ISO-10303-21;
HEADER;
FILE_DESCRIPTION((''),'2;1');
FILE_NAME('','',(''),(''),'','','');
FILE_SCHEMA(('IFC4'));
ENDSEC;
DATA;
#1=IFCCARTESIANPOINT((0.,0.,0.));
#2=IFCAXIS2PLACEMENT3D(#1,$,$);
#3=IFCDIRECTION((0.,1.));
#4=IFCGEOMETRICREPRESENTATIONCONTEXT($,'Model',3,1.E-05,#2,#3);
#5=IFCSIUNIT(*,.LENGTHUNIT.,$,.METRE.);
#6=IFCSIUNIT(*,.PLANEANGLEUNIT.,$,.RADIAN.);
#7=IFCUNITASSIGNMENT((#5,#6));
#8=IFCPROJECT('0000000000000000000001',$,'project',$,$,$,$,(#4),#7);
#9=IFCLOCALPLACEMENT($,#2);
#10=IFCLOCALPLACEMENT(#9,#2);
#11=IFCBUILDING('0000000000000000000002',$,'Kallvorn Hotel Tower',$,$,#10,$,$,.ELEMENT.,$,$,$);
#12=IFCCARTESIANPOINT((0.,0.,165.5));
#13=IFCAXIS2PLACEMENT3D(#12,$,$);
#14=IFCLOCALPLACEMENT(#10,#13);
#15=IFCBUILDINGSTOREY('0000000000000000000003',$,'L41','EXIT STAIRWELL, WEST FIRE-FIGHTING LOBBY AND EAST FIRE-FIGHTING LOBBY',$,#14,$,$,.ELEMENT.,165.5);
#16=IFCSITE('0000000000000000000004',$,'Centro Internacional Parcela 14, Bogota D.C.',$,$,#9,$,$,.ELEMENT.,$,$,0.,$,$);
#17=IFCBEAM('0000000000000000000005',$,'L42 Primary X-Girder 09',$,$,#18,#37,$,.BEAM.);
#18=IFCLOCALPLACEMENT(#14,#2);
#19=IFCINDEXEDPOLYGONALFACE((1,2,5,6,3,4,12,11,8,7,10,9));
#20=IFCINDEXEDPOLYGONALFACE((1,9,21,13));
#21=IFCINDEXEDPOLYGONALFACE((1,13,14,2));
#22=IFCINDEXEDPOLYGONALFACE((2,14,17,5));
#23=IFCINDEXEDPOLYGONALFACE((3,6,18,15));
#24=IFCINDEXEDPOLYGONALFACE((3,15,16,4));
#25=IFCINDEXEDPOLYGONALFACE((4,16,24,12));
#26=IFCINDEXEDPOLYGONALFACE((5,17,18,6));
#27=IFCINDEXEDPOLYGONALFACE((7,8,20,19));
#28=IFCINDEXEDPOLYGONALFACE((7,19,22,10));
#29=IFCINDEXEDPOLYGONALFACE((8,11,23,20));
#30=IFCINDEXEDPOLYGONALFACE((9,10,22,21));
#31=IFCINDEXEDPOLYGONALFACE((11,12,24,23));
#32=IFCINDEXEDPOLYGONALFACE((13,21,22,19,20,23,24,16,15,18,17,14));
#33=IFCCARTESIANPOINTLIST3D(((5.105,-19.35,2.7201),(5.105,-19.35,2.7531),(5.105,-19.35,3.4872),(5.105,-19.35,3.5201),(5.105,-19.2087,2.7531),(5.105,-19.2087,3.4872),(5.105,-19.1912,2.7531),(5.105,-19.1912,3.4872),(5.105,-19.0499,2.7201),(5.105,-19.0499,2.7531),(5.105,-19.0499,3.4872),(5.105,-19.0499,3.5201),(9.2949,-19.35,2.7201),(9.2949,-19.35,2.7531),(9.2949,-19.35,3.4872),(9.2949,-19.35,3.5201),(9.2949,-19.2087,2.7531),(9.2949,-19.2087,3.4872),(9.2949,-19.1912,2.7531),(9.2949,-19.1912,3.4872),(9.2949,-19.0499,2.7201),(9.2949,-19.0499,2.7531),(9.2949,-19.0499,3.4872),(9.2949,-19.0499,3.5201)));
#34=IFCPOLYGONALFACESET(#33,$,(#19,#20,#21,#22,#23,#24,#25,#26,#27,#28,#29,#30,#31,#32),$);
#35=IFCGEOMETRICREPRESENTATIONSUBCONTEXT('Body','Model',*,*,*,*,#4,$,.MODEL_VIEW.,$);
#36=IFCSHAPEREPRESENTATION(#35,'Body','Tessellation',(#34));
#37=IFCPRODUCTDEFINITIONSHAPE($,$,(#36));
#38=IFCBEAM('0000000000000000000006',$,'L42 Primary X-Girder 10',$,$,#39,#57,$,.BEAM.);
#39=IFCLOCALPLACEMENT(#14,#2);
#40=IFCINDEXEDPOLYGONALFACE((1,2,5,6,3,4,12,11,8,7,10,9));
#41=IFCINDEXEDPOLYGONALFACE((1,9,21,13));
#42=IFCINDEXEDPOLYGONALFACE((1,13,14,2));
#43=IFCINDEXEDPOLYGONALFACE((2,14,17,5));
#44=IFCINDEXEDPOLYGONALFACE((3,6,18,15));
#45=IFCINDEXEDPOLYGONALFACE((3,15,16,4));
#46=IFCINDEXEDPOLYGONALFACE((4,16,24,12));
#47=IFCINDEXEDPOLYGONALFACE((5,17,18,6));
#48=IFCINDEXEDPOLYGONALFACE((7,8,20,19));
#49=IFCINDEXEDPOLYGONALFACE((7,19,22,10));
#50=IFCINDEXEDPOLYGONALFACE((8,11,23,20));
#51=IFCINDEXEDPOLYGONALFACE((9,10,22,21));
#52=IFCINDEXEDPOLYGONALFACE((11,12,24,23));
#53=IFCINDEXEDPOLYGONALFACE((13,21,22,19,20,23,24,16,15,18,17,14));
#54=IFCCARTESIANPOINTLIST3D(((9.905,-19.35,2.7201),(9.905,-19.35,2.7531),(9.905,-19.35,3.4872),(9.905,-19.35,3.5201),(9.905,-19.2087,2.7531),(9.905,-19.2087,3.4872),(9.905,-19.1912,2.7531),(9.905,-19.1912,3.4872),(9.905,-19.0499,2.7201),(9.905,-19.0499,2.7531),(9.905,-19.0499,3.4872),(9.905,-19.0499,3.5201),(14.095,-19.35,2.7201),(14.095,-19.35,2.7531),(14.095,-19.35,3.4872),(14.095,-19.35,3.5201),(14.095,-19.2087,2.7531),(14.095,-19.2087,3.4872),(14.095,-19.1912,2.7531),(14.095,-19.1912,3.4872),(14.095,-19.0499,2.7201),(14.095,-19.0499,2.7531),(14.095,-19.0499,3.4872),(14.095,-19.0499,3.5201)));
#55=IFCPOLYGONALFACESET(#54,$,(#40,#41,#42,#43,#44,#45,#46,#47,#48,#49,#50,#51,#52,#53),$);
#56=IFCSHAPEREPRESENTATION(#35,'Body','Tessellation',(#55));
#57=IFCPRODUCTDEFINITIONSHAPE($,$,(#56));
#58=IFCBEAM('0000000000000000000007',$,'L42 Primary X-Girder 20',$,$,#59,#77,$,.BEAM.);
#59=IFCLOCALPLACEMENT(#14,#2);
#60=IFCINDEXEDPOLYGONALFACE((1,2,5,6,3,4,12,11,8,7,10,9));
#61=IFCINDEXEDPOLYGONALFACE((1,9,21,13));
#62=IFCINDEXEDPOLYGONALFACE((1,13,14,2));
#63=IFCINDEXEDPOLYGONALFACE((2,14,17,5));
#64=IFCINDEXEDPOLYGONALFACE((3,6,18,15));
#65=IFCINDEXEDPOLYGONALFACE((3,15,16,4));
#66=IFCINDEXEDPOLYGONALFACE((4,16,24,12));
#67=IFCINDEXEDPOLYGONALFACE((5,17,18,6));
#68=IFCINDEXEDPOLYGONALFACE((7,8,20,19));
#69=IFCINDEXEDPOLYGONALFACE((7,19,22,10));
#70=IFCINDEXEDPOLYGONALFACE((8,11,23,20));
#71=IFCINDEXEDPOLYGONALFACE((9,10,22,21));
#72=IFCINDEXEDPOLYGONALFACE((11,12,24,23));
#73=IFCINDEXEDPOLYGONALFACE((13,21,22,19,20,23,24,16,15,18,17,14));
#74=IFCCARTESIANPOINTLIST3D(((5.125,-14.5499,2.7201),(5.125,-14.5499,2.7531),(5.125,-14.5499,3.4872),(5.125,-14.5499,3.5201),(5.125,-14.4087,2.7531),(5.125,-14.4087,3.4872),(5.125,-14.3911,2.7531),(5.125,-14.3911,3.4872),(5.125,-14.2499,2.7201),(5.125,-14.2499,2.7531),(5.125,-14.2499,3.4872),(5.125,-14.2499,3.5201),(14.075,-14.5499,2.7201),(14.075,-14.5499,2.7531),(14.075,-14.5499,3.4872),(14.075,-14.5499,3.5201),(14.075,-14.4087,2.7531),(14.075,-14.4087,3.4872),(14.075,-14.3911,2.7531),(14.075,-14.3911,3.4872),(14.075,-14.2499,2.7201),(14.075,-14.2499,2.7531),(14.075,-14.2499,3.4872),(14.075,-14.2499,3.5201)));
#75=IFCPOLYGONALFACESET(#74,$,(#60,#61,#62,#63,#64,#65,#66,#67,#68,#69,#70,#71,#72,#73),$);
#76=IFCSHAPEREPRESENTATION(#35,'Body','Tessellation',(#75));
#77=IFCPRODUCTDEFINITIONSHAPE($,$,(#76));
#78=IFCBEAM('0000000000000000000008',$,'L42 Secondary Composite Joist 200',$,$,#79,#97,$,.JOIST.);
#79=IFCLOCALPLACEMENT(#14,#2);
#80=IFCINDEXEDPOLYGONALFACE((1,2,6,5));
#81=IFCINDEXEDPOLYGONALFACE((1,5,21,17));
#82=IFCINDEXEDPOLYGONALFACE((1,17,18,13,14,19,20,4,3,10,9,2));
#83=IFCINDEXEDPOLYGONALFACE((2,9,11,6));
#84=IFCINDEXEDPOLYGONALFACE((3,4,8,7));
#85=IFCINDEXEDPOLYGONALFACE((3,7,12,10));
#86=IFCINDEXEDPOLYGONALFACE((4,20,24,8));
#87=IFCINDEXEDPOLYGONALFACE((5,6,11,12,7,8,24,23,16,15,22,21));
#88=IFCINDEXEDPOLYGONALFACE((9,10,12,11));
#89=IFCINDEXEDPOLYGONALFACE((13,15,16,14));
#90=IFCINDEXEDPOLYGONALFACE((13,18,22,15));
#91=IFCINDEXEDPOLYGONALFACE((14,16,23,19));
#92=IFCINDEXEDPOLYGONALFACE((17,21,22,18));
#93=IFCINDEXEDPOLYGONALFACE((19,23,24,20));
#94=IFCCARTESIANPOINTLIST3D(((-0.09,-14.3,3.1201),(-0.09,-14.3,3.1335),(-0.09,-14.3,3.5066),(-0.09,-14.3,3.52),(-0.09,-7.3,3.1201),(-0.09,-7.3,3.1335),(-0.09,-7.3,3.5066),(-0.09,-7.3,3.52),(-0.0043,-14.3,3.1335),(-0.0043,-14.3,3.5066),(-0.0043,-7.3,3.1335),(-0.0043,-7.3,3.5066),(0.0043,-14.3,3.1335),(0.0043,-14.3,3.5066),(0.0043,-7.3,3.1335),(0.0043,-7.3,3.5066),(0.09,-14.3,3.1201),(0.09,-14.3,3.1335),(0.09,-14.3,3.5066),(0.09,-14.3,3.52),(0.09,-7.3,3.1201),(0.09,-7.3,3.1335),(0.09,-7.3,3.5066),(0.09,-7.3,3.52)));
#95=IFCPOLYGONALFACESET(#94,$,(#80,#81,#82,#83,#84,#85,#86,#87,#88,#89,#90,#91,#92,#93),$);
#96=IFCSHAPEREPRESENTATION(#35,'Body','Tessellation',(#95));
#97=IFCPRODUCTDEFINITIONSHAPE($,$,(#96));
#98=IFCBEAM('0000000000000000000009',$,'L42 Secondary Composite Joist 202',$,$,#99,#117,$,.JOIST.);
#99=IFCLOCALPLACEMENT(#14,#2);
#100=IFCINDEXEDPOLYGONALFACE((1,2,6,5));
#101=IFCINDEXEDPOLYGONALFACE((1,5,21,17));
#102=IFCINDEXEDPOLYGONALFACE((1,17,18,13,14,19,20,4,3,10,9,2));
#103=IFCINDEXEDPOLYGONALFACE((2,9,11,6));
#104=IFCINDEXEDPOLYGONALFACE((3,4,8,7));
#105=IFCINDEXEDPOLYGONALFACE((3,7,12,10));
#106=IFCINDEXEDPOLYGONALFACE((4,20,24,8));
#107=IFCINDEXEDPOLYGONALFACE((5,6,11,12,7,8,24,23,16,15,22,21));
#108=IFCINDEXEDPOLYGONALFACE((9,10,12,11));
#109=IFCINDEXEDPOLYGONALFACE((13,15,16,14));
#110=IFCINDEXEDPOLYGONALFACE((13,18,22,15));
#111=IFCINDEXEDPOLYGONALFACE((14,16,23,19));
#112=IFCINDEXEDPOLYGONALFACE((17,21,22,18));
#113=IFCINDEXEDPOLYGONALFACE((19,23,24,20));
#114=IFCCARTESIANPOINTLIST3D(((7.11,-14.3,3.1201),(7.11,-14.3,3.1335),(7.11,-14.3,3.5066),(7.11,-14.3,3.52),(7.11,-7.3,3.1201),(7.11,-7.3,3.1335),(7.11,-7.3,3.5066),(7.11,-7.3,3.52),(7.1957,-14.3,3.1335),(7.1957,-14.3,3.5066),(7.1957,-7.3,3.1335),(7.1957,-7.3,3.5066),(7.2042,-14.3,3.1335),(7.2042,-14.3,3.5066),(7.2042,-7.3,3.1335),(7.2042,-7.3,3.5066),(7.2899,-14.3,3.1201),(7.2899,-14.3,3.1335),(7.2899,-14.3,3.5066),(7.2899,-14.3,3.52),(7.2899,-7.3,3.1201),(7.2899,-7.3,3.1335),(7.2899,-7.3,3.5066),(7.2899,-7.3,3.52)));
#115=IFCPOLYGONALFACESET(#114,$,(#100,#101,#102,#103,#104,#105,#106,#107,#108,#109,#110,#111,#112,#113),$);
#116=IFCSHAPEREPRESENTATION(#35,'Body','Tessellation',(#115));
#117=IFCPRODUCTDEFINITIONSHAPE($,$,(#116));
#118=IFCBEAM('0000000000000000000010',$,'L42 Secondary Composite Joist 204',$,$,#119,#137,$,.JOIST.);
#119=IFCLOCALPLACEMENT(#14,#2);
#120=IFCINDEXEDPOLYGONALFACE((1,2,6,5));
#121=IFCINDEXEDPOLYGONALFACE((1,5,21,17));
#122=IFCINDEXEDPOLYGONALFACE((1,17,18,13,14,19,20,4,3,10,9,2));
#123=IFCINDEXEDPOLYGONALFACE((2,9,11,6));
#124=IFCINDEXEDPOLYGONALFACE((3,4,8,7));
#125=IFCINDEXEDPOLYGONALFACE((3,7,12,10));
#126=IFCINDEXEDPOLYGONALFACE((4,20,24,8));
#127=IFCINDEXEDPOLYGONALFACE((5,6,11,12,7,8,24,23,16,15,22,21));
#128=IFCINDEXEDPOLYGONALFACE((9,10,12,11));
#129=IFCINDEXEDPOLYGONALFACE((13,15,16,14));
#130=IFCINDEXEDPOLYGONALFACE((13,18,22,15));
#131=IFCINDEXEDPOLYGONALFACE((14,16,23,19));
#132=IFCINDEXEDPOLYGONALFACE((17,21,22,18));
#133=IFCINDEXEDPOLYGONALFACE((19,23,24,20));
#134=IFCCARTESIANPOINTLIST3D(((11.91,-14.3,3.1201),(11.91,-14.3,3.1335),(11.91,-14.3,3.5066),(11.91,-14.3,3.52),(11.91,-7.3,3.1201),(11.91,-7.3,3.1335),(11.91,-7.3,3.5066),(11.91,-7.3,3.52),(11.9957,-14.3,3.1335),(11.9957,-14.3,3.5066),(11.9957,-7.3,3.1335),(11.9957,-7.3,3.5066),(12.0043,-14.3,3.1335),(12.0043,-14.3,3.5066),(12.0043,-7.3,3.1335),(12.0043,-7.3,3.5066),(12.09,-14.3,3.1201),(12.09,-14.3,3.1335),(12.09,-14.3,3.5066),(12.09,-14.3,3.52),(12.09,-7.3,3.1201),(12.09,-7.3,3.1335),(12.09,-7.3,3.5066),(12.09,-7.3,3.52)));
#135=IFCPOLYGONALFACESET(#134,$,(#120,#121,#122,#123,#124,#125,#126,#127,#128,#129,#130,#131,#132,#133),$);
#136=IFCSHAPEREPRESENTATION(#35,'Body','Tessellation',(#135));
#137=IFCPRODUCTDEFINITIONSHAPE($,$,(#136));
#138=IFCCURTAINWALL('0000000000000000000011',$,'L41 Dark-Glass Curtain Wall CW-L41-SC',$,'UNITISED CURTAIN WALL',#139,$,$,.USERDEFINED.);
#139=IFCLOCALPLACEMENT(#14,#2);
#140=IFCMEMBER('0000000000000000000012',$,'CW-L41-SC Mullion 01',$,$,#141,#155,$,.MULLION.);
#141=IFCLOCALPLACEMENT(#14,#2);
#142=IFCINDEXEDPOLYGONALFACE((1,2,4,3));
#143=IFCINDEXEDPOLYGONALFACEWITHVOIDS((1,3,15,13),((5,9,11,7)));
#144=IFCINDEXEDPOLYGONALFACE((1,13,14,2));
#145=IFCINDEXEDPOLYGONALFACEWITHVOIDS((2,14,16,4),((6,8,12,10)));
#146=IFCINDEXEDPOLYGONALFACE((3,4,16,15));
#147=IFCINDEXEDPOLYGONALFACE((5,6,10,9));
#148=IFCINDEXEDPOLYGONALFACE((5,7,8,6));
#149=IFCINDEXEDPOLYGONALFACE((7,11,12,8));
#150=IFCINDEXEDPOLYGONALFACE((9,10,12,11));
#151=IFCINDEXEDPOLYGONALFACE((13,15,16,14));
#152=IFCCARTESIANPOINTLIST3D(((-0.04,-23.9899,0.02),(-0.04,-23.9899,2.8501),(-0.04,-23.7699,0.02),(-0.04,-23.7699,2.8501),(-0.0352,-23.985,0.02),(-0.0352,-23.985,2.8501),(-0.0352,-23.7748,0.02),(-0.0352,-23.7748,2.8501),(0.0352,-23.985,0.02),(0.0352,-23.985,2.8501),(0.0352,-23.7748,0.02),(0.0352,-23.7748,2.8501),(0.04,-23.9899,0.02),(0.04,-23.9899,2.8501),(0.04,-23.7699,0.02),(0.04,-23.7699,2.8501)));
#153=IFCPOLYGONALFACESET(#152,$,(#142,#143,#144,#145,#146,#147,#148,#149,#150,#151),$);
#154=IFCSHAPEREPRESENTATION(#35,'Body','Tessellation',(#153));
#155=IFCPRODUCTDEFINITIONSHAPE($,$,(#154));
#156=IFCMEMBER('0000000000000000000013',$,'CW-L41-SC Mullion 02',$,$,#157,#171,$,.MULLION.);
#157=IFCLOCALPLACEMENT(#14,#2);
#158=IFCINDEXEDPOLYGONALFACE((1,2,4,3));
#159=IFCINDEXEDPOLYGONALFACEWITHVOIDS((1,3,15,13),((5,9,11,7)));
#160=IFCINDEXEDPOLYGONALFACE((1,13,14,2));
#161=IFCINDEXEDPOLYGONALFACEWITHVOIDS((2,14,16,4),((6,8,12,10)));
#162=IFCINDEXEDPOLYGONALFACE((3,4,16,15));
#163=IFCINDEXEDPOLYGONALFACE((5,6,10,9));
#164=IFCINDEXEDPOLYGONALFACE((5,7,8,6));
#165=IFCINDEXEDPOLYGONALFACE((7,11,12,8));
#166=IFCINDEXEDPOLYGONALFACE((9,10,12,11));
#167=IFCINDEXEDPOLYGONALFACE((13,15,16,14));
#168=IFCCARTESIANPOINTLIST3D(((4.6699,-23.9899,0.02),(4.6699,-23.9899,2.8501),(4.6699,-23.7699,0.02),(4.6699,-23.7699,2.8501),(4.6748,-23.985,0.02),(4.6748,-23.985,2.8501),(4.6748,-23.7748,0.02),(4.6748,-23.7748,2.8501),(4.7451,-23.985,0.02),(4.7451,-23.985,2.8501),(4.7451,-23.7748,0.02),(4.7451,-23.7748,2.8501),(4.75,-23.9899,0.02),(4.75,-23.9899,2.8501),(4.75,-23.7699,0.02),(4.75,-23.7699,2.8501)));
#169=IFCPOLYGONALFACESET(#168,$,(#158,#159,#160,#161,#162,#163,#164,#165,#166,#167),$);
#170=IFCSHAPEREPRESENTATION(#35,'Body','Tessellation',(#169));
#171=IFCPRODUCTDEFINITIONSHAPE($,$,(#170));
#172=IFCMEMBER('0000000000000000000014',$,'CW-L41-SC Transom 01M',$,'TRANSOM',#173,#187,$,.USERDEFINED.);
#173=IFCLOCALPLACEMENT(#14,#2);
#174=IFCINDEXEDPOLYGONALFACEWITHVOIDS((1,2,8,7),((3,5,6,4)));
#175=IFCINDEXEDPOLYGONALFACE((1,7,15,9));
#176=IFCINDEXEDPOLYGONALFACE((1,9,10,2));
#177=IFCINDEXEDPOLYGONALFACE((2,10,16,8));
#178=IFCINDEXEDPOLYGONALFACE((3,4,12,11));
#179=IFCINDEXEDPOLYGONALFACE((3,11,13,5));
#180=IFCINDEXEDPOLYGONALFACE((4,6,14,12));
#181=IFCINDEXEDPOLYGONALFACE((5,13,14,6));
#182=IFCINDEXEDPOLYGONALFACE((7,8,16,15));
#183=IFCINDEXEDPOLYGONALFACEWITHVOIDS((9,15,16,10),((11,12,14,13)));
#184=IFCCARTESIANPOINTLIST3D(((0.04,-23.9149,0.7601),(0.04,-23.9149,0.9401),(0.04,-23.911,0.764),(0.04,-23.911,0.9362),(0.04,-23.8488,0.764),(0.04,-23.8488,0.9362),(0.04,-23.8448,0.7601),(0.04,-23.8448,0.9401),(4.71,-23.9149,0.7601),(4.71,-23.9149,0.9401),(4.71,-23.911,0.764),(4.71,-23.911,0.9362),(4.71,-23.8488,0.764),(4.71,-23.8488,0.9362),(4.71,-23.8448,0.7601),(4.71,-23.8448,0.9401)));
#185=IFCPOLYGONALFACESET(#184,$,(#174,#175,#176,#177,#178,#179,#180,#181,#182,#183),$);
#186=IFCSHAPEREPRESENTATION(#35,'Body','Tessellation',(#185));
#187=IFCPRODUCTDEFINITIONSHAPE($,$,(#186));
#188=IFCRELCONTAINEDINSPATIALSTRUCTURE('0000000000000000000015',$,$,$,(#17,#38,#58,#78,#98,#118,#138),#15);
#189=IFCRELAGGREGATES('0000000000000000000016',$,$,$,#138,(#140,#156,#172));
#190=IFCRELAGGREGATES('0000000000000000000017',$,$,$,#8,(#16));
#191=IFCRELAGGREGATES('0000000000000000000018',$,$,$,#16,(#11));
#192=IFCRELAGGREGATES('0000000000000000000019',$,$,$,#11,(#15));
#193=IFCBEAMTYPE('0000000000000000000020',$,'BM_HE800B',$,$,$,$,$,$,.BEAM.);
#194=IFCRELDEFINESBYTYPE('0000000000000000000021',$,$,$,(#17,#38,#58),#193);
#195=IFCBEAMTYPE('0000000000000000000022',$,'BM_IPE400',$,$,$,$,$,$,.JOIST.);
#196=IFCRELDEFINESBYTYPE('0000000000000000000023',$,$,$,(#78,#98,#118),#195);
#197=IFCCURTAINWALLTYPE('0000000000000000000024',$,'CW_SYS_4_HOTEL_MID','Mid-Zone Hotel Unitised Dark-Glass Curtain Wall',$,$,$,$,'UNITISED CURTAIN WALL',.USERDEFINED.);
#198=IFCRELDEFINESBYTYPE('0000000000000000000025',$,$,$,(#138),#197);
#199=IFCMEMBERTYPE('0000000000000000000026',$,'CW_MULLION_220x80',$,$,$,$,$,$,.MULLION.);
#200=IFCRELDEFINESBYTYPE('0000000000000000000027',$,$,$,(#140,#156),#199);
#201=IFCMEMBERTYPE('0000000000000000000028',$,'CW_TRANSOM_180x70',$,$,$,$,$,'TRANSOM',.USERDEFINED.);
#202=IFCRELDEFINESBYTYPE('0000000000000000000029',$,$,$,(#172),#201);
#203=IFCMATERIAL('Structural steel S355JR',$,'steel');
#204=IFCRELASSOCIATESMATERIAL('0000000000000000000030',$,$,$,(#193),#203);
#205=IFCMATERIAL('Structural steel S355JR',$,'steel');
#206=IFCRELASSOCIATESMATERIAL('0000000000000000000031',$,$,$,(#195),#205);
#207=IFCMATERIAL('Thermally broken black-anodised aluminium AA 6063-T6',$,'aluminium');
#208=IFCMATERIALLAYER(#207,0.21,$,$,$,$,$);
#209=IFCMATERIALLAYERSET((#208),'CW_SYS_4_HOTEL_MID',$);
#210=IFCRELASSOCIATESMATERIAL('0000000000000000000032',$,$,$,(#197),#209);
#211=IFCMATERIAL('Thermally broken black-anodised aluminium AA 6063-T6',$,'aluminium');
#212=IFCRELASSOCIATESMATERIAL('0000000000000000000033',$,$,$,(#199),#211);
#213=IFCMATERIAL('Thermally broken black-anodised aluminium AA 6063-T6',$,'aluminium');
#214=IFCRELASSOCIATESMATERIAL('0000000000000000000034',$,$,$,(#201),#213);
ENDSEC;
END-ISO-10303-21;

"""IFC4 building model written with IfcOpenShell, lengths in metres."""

from ifc_helpers import new_model, si_unit, direction, frame, origin, origin_2d, place, context, subcontext, project, spatial, hollow_rectangle, i_section, extrude, material, layer, layer_set, material_profile, profile_set, type_object, element, aggregate, save


model = new_model("IFC4")

# Units and contexts
model_context = context("Model", 3, precision=1e-05, world=origin(), true_north=direction((0.0, 1.0)))
body_context = subcontext(model_context, "Body", "Model", "MODEL_VIEW")
ifc_project = project(units=[si_unit("LENGTHUNIT", "METRE"), si_unit("PLANEANGLEUNIT", "RADIAN")], contexts=[model_context])

# Site, building, storey
site_placement = place(None, origin())
site = spatial("IfcSite", under=ifc_project, at=site_placement, Name="Centro Internacional Parcela 14, Bogota D.C.", CompositionType="ELEMENT", RefElevation=0.0)
building_placement = place(site_placement, origin())
building = spatial("IfcBuilding", under=site, at=building_placement, Name="Kallvorn Hotel Tower", CompositionType="ELEMENT")
storey_placement = place(building_placement, frame((0.0, 0.0, 165.5)))
storey = spatial("IfcBuildingStorey", under=building, at=storey_placement, Name="L41", Description="EXIT STAIRWELL, WEST FIRE-FIGHTING LOBBY AND EAST FIRE-FIGHTING LOBBY", CompositionType="ELEMENT", Elevation=165.5)

# Beams
ifc_material_1 = material(Name="Structural steel S355JR", Category="steel")
ifc_material_profile_1 = material_profile(ifc_material_1, i_section(OverallWidth=0.3, OverallDepth=0.8, WebThickness=0.0176, FlangeThickness=0.033, at=origin_2d()), Name="HE 800 B")
ifc_profile_set_1 = profile_set([ifc_material_profile_1], Name="Structural steel S355JR")
beam_type_1 = type_object("IfcBeamType", Name="BM_HE800B", PredefinedType="BEAM", material=ifc_profile_set_1)
for number, where, z_axis, x_axis, name in (
    (1, (5.105, -19.2, 3.1201), (1.0, 0.0, 0.0), (0.0, 1.0, 0.0), "L42 Primary X-Girder 09"),
    (2, (9.905, -19.2, 3.1201), (1.0, 0.0, 0.0), (0.0, 1.0, 0.0), "L42 Primary X-Girder 10"),
):
    element("IfcBeam", number, at=place(storey_placement, frame(where, z_axis=z_axis, x_axis=x_axis)), inside=storey, type_object=beam_type_1, Name=name, PredefinedType="BEAM", context=body_context, shape_type="SweptSolid", body=[
        extrude(i_section(OverallWidth=0.3, OverallDepth=0.8, WebThickness=0.0176, FlangeThickness=0.033, at=origin_2d()), origin(), (0.0, 0.0, 1.0), 4.1899),
    ])
beam_1_placement = place(storey_placement, frame((5.125, -14.3999, 3.1201), z_axis=(1.0, 0.0, 0.0), x_axis=(0.0, 1.0, 0.0)))
element("IfcBeam", 3, at=beam_1_placement, inside=storey, type_object=beam_type_1, Name="L42 Primary X-Girder 20", PredefinedType="BEAM", context=body_context, shape_type="SweptSolid", body=[
    extrude(i_section(OverallWidth=0.3, OverallDepth=0.8, WebThickness=0.0176, FlangeThickness=0.033, at=origin_2d()), origin(), (0.0, 0.0, 1.0), 8.95),
])
ifc_material_2 = material(Name="Structural steel S355JR", Category="steel")
ifc_material_profile_2 = material_profile(ifc_material_2, i_section(OverallWidth=0.1799, OverallDepth=0.3999, WebThickness=0.0085, FlangeThickness=0.0134, at=origin_2d()), Name="IPE 400")
ifc_profile_set_2 = profile_set([ifc_material_profile_2], Name="Structural steel S355JR")
beam_type_2 = type_object("IfcBeamType", Name="BM_IPE400", PredefinedType="JOIST", material=ifc_profile_set_2)
for number, where, z_axis, x_axis, name in (
    (4, (0.0, -14.3, 3.3201), (0.0, 1.0, 0.0), (-1.0, 0.0, 0.0), "L42 Secondary Composite Joist 200"),
    (5, (7.2, -14.3, 3.3201), (0.0, 1.0, 0.0), (-1.0, 0.0, 0.0), "L42 Secondary Composite Joist 202"),
    (6, (12.0, -14.3, 3.3201), (0.0, 1.0, 0.0), (-1.0, 0.0, 0.0), "L42 Secondary Composite Joist 204"),
):
    element("IfcBeam", number, at=place(storey_placement, frame(where, z_axis=z_axis, x_axis=x_axis)), inside=storey, type_object=beam_type_2, Name=name, PredefinedType="JOIST", context=body_context, shape_type="SweptSolid", body=[
        extrude(i_section(OverallWidth=0.1799, OverallDepth=0.3999, WebThickness=0.0085, FlangeThickness=0.0134, at=origin_2d()), origin(), (0.0, 0.0, 1.0), 7.0),
    ])

# Curtain wall, members
ifc_material_3 = material(Name="Thermally broken black-anodised aluminium AA 6063-T6", Category="aluminium")
ifc_layer_1 = layer(ifc_material_3, 0.21)
ifc_layer_set_1 = layer_set([ifc_layer_1], Name="CW_SYS_4_HOTEL_MID")
curtain_wall_type = type_object("IfcCurtainWallType", Name="CW_SYS_4_HOTEL_MID", Description="Mid-Zone Hotel Unitised Dark-Glass Curtain Wall", ElementType="UNITISED CURTAIN WALL", PredefinedType="USERDEFINED", material=ifc_layer_set_1)
curtain_wall_placement = place(storey_placement, origin())
curtain_wall = element("IfcCurtainWall", 7, at=curtain_wall_placement, inside=storey, type_object=curtain_wall_type, Name="L41 Dark-Glass Curtain Wall CW-L41-SC", ObjectType="UNITISED CURTAIN WALL", PredefinedType="USERDEFINED")
ifc_material_4 = material(Name="Thermally broken black-anodised aluminium AA 6063-T6", Category="aluminium")
ifc_material_profile_3 = material_profile(ifc_material_4, hollow_rectangle(XDim=0.0801, YDim=0.22, WallThickness=0.0049, at=origin_2d()), Name="MUL 220x80")
ifc_profile_set_3 = profile_set([ifc_material_profile_3], Name="Thermally broken black-anodised aluminium AA 6063-T6")
member_type_1 = type_object("IfcMemberType", Name="CW_MULLION_220x80", PredefinedType="MULLION", material=ifc_profile_set_3)
member_1_placement = place(storey_placement, frame((0.0, -23.8799, 0.02), z_axis=(0.0, 0.0, 1.0), x_axis=(1.0, 0.0, 0.0)))
member_1 = element("IfcMember", 8, at=member_1_placement, type_object=member_type_1, Name="CW-L41-SC Mullion 01", PredefinedType="MULLION", context=body_context, shape_type="SweptSolid", body=[
    extrude(hollow_rectangle(XDim=0.0801, YDim=0.22, WallThickness=0.0049, at=origin_2d()), origin(), (0.0, 0.0, 1.0), 2.8301),
])
member_2_placement = place(storey_placement, frame((4.71, -23.8799, 0.02), z_axis=(0.0, 0.0, 1.0), x_axis=(1.0, 0.0, 0.0)))
member_2 = element("IfcMember", 9, at=member_2_placement, type_object=member_type_1, Name="CW-L41-SC Mullion 02", PredefinedType="MULLION", context=body_context, shape_type="SweptSolid", body=[
    extrude(hollow_rectangle(XDim=0.0801, YDim=0.22, WallThickness=0.0049, at=origin_2d()), origin(), (0.0, 0.0, 1.0), 2.8301),
])
ifc_material_5 = material(Name="Thermally broken black-anodised aluminium AA 6063-T6", Category="aluminium")
ifc_material_profile_4 = material_profile(ifc_material_5, hollow_rectangle(XDim=0.0701, YDim=0.1799, WallThickness=0.0039, at=origin_2d()), Name="TRN 180x70")
ifc_profile_set_4 = profile_set([ifc_material_profile_4], Name="Thermally broken black-anodised aluminium AA 6063-T6")
member_type_2 = type_object("IfcMemberType", Name="CW_TRANSOM_180x70", ElementType="TRANSOM", PredefinedType="USERDEFINED", material=ifc_profile_set_4)
member_3_placement = place(storey_placement, frame((0.04, -23.8799, 0.8501), z_axis=(1.0, 0.0, 0.0), x_axis=(0.0, 1.0, 0.0)))
member_3 = element("IfcMember", 10, at=member_3_placement, type_object=member_type_2, Name="CW-L41-SC Transom 01M", ObjectType="TRANSOM", PredefinedType="USERDEFINED", context=body_context, shape_type="SweptSolid", body=[
    extrude(hollow_rectangle(XDim=0.0701, YDim=0.1799, WallThickness=0.0039, at=origin_2d()), origin(), (0.0, 0.0, 1.0), 4.6699),
])
aggregate(curtain_wall, [member_1, member_2, member_3])

save(model, "model.ifc")
